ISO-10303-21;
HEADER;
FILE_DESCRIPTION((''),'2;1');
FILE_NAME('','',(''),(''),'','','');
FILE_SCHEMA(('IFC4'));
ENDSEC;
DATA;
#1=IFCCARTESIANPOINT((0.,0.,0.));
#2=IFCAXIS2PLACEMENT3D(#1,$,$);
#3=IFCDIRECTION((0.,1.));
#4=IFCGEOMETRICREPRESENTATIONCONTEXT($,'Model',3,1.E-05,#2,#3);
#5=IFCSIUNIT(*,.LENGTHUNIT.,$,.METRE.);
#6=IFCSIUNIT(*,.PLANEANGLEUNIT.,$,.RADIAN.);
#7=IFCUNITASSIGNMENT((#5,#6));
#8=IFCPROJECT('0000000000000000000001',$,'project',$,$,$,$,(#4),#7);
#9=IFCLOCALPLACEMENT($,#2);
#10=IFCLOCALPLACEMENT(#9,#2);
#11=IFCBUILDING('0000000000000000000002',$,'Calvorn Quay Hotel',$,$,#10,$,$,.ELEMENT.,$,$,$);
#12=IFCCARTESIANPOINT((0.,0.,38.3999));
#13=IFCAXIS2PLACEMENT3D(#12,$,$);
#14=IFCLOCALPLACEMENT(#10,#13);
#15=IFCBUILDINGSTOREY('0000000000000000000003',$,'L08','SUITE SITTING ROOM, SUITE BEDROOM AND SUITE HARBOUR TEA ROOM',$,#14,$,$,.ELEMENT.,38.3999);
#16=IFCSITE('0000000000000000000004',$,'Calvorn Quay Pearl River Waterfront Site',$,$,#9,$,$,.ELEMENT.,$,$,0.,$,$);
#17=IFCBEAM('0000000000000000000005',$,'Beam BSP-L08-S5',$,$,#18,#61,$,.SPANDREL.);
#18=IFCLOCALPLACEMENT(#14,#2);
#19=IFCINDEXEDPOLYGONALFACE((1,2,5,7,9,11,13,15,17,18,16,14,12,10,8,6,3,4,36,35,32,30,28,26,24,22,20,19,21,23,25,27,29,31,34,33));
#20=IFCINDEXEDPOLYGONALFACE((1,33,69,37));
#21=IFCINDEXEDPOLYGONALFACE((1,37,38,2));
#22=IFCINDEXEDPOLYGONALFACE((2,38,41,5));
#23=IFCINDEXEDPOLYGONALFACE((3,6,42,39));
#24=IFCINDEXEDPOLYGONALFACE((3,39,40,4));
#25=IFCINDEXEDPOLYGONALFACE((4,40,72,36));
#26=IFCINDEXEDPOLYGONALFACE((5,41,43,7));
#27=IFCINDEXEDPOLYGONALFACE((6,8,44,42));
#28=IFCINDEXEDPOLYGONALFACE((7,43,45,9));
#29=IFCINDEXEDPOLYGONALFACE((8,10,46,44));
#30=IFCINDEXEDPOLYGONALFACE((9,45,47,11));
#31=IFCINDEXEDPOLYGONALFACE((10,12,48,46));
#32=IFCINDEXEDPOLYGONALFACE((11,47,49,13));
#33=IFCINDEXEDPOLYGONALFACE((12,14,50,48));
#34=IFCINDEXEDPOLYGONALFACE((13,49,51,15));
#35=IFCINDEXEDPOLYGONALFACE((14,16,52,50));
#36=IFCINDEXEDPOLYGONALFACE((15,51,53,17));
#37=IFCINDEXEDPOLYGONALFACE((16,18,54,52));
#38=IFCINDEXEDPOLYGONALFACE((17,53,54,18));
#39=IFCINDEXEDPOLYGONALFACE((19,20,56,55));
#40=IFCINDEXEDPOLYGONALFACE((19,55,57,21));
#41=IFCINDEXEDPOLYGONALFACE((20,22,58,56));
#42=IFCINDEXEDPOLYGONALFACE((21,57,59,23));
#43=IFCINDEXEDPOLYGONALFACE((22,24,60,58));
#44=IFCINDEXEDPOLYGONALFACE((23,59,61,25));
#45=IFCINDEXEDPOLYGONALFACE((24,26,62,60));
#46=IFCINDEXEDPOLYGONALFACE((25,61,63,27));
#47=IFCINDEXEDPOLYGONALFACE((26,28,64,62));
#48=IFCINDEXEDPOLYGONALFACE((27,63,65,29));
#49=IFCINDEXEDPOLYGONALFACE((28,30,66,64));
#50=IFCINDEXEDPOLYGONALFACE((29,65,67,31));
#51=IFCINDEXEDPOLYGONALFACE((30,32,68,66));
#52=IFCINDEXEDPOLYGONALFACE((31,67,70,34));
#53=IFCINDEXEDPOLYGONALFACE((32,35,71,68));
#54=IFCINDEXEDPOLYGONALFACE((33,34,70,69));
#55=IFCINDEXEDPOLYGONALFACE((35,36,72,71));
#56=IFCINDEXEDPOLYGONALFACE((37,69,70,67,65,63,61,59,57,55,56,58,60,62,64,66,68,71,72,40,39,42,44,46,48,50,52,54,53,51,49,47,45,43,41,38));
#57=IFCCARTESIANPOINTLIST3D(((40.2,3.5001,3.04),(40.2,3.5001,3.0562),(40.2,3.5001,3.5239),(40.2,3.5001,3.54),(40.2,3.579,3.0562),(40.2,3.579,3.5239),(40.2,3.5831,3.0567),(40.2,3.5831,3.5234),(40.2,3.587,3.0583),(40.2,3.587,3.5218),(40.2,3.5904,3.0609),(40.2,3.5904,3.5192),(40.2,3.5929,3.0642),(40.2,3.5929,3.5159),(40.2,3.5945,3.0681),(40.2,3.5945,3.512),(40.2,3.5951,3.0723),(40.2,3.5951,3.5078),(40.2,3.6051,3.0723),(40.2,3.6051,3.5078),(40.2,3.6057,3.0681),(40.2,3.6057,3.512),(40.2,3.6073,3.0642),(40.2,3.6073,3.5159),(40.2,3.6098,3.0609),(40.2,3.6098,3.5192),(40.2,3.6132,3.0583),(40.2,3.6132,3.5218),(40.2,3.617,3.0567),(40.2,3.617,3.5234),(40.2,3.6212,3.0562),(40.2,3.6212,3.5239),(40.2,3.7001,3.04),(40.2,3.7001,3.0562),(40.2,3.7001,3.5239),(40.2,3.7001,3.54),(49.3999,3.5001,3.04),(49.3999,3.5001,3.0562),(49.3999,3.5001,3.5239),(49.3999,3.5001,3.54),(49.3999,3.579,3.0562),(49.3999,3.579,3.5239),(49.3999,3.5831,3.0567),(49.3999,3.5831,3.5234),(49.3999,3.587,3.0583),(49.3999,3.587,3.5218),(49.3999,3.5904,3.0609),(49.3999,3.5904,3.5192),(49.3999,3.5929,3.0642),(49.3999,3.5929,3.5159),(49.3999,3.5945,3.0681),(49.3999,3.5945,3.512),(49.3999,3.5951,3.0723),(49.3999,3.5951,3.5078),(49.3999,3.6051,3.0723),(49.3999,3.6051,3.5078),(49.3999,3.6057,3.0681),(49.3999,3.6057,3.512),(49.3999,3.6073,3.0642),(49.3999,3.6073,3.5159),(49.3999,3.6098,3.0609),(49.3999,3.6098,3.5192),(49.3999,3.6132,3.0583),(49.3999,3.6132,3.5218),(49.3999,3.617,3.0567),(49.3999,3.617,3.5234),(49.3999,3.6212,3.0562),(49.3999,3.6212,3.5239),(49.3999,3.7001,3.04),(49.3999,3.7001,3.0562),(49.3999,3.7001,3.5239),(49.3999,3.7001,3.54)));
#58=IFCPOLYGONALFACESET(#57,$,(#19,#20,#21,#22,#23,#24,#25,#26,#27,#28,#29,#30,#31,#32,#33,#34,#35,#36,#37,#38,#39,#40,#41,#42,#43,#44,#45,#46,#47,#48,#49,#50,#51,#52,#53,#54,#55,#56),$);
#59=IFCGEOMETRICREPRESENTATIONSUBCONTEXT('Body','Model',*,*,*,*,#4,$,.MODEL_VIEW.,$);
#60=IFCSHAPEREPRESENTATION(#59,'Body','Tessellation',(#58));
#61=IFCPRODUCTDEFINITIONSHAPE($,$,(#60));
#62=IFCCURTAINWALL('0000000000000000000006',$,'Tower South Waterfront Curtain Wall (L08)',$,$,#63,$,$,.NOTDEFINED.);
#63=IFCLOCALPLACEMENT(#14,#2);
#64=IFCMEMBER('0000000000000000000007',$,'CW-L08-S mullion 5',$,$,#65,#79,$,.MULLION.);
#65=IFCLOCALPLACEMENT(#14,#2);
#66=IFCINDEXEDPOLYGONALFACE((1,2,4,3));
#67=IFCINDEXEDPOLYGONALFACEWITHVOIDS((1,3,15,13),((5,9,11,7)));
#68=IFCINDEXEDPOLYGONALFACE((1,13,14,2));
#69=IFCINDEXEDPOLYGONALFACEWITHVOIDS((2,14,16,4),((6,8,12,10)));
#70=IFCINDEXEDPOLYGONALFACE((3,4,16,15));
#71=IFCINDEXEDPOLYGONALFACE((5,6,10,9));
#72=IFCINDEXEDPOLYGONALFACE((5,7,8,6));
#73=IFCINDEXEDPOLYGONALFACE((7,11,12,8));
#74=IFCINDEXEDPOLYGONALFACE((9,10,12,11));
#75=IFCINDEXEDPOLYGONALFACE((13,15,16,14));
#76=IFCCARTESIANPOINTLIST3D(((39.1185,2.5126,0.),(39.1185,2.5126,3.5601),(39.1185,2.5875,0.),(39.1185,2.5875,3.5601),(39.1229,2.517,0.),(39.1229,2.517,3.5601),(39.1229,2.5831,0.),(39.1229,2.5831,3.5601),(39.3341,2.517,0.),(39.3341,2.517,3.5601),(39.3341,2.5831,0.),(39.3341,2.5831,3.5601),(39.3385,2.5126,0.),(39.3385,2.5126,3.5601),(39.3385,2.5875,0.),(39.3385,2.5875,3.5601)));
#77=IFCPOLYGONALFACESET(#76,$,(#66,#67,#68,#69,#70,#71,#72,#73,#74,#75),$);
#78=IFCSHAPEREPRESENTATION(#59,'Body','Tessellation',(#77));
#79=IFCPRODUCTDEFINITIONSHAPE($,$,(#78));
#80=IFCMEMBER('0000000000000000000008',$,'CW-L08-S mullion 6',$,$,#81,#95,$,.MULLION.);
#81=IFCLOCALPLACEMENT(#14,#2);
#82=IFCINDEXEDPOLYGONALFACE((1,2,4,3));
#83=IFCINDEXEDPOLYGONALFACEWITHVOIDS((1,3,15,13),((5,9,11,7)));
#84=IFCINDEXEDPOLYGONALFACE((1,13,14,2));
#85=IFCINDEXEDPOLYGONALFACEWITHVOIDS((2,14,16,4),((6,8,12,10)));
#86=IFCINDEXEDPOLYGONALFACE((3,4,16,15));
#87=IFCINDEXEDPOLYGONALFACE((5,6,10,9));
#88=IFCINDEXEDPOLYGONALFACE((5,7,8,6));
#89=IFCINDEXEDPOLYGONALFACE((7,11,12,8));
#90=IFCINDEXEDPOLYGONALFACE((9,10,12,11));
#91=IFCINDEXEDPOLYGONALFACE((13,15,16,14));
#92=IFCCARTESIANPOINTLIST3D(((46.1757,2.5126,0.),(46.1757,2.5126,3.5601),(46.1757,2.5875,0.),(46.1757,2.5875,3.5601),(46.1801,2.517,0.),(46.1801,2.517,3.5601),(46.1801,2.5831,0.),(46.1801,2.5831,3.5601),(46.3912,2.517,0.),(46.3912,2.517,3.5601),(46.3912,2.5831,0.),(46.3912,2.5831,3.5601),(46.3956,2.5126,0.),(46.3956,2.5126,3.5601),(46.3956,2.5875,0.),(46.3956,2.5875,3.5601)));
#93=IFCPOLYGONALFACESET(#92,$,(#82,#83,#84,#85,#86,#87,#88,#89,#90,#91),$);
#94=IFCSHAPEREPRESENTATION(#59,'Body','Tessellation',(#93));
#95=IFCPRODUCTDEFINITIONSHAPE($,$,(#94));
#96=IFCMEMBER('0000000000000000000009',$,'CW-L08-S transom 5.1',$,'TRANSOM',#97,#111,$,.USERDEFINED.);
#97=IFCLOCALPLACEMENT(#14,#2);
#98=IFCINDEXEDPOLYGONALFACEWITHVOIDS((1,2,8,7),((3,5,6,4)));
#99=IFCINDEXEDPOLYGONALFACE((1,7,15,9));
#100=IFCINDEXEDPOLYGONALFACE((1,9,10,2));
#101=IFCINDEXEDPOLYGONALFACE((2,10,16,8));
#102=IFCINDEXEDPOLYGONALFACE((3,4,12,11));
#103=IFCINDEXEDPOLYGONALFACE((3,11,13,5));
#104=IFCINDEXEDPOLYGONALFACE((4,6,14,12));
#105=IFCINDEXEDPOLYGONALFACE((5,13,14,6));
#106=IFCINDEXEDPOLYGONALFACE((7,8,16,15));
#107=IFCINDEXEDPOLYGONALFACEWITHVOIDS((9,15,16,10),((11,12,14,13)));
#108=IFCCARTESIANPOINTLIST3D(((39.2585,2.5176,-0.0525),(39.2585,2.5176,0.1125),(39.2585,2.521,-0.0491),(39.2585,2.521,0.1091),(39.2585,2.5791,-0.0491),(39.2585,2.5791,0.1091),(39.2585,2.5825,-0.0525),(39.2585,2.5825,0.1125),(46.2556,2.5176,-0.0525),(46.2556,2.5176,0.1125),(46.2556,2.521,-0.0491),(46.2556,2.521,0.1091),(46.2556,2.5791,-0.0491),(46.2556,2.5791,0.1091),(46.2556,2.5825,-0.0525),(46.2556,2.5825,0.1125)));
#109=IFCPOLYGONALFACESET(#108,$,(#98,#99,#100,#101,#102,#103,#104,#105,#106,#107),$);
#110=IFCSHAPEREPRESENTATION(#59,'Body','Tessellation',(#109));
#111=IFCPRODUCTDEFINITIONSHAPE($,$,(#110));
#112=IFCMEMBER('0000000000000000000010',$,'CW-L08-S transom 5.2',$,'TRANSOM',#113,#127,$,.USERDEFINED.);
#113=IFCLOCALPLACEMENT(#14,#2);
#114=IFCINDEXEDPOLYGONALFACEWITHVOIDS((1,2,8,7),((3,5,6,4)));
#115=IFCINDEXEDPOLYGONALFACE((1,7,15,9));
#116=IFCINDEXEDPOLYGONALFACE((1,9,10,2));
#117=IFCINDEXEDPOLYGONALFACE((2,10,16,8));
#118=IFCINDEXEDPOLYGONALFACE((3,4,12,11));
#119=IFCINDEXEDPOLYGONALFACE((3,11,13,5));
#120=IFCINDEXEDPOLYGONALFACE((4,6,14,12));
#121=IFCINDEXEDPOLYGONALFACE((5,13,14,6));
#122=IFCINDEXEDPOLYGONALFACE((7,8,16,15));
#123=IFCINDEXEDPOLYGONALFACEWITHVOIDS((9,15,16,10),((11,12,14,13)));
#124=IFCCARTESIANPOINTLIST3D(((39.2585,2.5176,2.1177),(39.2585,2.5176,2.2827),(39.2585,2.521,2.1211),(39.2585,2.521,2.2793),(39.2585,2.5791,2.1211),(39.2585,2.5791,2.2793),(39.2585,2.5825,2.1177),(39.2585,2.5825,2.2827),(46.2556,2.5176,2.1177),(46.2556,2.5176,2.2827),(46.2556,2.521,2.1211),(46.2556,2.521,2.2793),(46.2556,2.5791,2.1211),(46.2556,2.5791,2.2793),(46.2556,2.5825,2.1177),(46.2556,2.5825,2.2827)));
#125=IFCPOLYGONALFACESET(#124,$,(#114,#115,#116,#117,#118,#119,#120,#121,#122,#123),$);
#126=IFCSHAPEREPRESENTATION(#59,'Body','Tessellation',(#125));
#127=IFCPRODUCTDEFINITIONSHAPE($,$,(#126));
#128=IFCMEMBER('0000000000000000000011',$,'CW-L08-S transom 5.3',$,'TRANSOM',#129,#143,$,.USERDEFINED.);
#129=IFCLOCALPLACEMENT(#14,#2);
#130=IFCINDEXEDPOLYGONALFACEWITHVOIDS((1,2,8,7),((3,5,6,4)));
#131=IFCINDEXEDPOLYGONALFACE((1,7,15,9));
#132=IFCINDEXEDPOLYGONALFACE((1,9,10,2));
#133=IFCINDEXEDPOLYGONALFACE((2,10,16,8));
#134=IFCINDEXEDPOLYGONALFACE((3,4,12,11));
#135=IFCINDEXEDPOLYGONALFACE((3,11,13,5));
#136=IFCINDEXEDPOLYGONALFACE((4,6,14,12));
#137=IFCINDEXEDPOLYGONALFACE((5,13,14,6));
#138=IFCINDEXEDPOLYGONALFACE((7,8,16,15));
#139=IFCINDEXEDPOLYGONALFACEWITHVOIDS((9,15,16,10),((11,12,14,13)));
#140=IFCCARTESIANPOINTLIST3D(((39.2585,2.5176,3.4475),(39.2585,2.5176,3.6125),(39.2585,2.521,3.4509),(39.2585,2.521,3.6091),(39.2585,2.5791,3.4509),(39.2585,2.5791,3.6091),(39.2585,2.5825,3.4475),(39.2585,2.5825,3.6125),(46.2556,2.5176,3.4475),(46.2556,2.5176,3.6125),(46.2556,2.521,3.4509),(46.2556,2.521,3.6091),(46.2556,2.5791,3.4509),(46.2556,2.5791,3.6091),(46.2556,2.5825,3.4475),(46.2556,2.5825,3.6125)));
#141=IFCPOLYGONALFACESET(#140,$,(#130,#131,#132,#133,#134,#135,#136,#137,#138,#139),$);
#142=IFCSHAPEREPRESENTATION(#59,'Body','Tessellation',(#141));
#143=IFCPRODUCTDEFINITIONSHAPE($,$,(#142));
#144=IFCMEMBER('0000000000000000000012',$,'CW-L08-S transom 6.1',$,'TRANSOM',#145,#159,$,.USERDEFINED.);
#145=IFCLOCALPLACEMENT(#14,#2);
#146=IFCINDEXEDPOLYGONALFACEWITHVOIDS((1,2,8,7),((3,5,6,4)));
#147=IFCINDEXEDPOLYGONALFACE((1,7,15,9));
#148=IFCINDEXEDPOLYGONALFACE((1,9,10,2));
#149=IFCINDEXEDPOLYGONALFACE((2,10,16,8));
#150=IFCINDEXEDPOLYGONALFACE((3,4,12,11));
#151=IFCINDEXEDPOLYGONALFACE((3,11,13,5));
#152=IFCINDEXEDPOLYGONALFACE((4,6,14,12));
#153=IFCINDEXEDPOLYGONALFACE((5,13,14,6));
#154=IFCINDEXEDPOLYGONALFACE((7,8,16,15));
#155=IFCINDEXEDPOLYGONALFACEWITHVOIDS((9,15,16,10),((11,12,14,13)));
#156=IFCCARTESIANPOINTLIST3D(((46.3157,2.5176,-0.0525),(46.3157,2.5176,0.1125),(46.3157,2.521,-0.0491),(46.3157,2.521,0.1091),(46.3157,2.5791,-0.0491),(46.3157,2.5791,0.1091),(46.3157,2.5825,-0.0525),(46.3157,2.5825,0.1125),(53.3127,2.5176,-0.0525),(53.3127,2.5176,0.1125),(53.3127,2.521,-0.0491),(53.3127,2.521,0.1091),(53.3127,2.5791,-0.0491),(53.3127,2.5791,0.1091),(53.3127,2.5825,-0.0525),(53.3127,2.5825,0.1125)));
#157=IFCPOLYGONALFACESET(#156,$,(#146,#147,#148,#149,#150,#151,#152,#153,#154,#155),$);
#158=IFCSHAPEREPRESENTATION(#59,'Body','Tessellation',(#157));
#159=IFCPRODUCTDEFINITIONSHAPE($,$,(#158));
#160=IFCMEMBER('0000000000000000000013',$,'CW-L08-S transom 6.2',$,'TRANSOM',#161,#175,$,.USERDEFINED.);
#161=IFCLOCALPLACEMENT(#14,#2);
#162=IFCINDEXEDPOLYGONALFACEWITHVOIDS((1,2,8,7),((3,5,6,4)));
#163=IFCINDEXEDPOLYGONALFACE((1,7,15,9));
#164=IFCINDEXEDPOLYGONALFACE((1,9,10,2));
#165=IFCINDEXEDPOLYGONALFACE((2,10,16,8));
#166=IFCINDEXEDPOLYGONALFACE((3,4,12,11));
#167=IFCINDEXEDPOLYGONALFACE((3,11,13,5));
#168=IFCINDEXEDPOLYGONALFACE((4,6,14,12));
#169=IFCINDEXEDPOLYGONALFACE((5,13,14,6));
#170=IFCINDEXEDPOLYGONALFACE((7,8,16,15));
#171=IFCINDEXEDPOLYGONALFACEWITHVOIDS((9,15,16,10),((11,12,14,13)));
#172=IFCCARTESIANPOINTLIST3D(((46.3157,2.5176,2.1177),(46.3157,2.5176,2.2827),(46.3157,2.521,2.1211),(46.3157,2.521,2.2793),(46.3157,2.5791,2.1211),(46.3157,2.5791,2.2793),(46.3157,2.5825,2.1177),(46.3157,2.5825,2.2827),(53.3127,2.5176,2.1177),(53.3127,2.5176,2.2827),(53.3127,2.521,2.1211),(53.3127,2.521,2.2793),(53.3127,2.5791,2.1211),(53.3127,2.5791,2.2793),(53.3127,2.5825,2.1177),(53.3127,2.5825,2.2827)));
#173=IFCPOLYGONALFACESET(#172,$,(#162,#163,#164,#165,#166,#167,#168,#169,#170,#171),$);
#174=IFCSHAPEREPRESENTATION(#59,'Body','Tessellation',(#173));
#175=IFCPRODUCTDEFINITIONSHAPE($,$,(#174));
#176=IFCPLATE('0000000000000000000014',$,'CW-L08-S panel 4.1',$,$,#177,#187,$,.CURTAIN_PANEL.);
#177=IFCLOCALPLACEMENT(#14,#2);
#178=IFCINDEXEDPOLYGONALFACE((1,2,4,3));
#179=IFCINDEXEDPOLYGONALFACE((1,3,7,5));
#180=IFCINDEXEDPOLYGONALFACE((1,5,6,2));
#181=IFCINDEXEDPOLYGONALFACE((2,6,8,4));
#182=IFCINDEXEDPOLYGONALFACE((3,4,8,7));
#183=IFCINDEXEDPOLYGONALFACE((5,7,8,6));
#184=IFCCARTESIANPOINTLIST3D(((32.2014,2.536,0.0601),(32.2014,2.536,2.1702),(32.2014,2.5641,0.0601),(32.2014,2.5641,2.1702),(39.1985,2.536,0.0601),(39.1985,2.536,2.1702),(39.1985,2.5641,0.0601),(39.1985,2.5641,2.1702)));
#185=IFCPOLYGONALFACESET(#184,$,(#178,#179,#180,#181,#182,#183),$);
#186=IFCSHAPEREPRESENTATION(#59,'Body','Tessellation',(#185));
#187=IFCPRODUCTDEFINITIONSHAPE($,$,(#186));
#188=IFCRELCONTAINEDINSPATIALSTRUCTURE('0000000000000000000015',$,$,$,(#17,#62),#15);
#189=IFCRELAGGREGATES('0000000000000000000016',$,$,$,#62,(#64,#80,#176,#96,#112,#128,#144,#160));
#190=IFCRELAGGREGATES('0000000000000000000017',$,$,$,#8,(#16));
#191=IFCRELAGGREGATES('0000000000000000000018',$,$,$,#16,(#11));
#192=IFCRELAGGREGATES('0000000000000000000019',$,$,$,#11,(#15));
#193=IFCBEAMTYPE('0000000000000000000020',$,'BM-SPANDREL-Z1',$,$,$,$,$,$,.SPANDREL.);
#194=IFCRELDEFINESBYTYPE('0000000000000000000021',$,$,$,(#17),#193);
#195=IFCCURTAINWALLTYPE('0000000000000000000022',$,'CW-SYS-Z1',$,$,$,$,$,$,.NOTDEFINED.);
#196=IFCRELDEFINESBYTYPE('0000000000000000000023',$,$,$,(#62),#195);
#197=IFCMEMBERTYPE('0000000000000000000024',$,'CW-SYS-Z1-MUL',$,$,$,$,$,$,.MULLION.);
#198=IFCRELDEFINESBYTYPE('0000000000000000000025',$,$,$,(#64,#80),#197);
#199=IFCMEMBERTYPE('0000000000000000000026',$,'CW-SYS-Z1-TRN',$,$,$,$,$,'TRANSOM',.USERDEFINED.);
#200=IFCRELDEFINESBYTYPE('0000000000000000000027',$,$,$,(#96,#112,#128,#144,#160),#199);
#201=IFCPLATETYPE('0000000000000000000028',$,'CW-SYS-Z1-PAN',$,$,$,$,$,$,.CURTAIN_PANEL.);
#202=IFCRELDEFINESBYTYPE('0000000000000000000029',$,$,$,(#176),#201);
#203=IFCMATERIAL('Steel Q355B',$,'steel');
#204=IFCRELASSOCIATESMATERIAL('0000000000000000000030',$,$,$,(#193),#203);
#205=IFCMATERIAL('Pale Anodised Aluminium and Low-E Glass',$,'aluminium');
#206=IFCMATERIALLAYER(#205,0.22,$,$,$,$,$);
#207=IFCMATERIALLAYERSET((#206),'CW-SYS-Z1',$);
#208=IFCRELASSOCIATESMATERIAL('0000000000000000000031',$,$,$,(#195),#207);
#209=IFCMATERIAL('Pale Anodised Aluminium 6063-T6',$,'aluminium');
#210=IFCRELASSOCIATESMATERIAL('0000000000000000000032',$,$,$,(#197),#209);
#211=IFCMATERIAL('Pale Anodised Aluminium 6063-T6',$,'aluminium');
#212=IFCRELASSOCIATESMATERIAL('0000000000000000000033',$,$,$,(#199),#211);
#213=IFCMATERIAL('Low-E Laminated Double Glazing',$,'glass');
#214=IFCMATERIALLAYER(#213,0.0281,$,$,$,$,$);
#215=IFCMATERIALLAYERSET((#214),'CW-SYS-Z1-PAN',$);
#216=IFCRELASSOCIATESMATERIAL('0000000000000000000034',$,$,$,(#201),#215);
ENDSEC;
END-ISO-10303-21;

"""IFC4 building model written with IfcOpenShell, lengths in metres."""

from ifc_helpers import new_model, si_unit, direction, frame, origin, origin_2d, place, context, subcontext, project, spatial, rectangle, hollow_rectangle, i_section, extrude, material, layer, layer_set, material_profile, profile_set, type_object, element, aggregate, save


model = new_model("IFC4")

# Units and contexts
model_context = context("Model", 3, precision=1e-05, world=origin(), true_north=direction((0.0, 1.0)))
body_context = subcontext(model_context, "Body", "Model", "MODEL_VIEW")
ifc_project = project(units=[si_unit("LENGTHUNIT", "METRE"), si_unit("PLANEANGLEUNIT", "RADIAN")], contexts=[model_context])

# Site, building, storey
site_placement = place(None, origin())
site = spatial("IfcSite", under=ifc_project, at=site_placement, Name="Calvorn Quay Pearl River Waterfront Site", CompositionType="ELEMENT", RefElevation=0.0)
building_placement = place(site_placement, origin())
building = spatial("IfcBuilding", under=site, at=building_placement, Name="Calvorn Quay Hotel", CompositionType="ELEMENT")
storey_placement = place(building_placement, frame((0.0, 0.0, 38.3999)))
storey = spatial("IfcBuildingStorey", under=building, at=storey_placement, Name="L08", Description="SUITE SITTING ROOM, SUITE BEDROOM AND SUITE HARBOUR TEA ROOM", CompositionType="ELEMENT", Elevation=38.3999)

# Beam
ifc_material_1 = material(Name="Steel Q355B", Category="steel")
ifc_material_profile_1 = material_profile(ifc_material_1, i_section(OverallWidth=0.2, OverallDepth=0.5, WebThickness=0.01, FlangeThickness=0.0161, FilletRadius=0.0161, at=origin_2d()), Name="HN500x200x10x16")
ifc_profile_set_1 = profile_set([ifc_material_profile_1], Name="Steel Q355B")
beam_type_1 = type_object("IfcBeamType", Name="BM-SPANDREL-Z1", PredefinedType="SPANDREL", material=ifc_profile_set_1)
beam_1_placement = place(storey_placement, frame((40.2, 3.6001, 3.29), z_axis=(1.0, 0.0, 0.0), x_axis=(0.0, 1.0, 0.0)))
element("IfcBeam", 1, at=beam_1_placement, inside=storey, type_object=beam_type_1, Name="Beam BSP-L08-S5", PredefinedType="SPANDREL", context=body_context, shape_type="SweptSolid", body=[
    extrude(i_section(OverallWidth=0.2, OverallDepth=0.5, WebThickness=0.01, FlangeThickness=0.0161, FilletRadius=0.0161, at=origin_2d()), origin(), (0.0, 0.0, 1.0), 9.2),
])

# Curtain wall, members, plate
ifc_material_2 = material(Name="Pale Anodised Aluminium and Low-E Glass", Category="aluminium")
ifc_layer_1 = layer(ifc_material_2, 0.22)
ifc_layer_set_1 = layer_set([ifc_layer_1], Name="CW-SYS-Z1")
curtain_wall_type = type_object("IfcCurtainWallType", Name="CW-SYS-Z1", PredefinedType="NOTDEFINED", material=ifc_layer_set_1)
curtain_wall_placement = place(storey_placement, origin())
curtain_wall = element("IfcCurtainWall", 2, at=curtain_wall_placement, inside=storey, type_object=curtain_wall_type, Name="Tower South Waterfront Curtain Wall (L08)", PredefinedType="NOTDEFINED")
ifc_material_3 = material(Name="Pale Anodised Aluminium 6063-T6", Category="aluminium")
ifc_material_profile_2 = material_profile(ifc_material_3, hollow_rectangle(XDim=0.075, YDim=0.22, WallThickness=0.0044, at=origin_2d()), Name="ALU-M220x75x4.5")
ifc_profile_set_2 = profile_set([ifc_material_profile_2], Name="Pale Anodised Aluminium 6063-T6")
member_type_1 = type_object("IfcMemberType", Name="CW-SYS-Z1-MUL", PredefinedType="MULLION", material=ifc_profile_set_2)
member_1_placement = place(storey_placement, frame((39.2285, 2.55, 0.0), z_axis=(0.0, 0.0, 1.0), x_axis=(0.0, 1.0, 0.0)))
member_1 = element("IfcMember", 3, at=member_1_placement, type_object=member_type_1, Name="CW-L08-S mullion 5", PredefinedType="MULLION", context=body_context, shape_type="SweptSolid", body=[
    extrude(hollow_rectangle(XDim=0.075, YDim=0.22, WallThickness=0.0044, at=origin_2d()), origin(), (0.0, 0.0, 1.0), 3.5601),
])
member_2_placement = place(storey_placement, frame((46.2856, 2.55, 0.0), z_axis=(0.0, 0.0, 1.0), x_axis=(0.0, 1.0, 0.0)))
member_2 = element("IfcMember", 4, at=member_2_placement, type_object=member_type_1, Name="CW-L08-S mullion 6", PredefinedType="MULLION", context=body_context, shape_type="SweptSolid", body=[
    extrude(hollow_rectangle(XDim=0.075, YDim=0.22, WallThickness=0.0044, at=origin_2d()), origin(), (0.0, 0.0, 1.0), 3.5601),
])
ifc_material_4 = material(Name="Pale Anodised Aluminium 6063-T6", Category="aluminium")
ifc_material_profile_3 = material_profile(ifc_material_4, hollow_rectangle(XDim=0.0649, YDim=0.165, WallThickness=0.0034, at=origin_2d()), Name="ALU-T165x65x3.5")
ifc_profile_set_3 = profile_set([ifc_material_profile_3], Name="Pale Anodised Aluminium 6063-T6")
member_type_2 = type_object("IfcMemberType", Name="CW-SYS-Z1-TRN", ElementType="TRANSOM", PredefinedType="USERDEFINED", material=ifc_profile_set_3)
member_3_placement = place(storey_placement, frame((39.2585, 2.55, 0.03), z_axis=(1.0, 0.0, 0.0), x_axis=(0.0, 1.0, 0.0)))
member_3 = element("IfcMember", 5, at=member_3_placement, type_object=member_type_2, Name="CW-L08-S transom 5.1", ObjectType="TRANSOM", PredefinedType="USERDEFINED", context=body_context, shape_type="SweptSolid", body=[
    extrude(hollow_rectangle(XDim=0.0649, YDim=0.165, WallThickness=0.0034, at=origin_2d()), origin(), (0.0, 0.0, 1.0), 6.9971),
])
member_4_placement = place(storey_placement, frame((39.2585, 2.55, 2.2002), z_axis=(1.0, 0.0, 0.0), x_axis=(0.0, 1.0, 0.0)))
member_4 = element("IfcMember", 6, at=member_4_placement, type_object=member_type_2, Name="CW-L08-S transom 5.2", ObjectType="TRANSOM", PredefinedType="USERDEFINED", context=body_context, shape_type="SweptSolid", body=[
    extrude(hollow_rectangle(XDim=0.0649, YDim=0.165, WallThickness=0.0034, at=origin_2d()), origin(), (0.0, 0.0, 1.0), 6.9971),
])
member_5_placement = place(storey_placement, frame((39.2585, 2.55, 3.53), z_axis=(1.0, 0.0, 0.0), x_axis=(0.0, 1.0, 0.0)))
member_5 = element("IfcMember", 7, at=member_5_placement, type_object=member_type_2, Name="CW-L08-S transom 5.3", ObjectType="TRANSOM", PredefinedType="USERDEFINED", context=body_context, shape_type="SweptSolid", body=[
    extrude(hollow_rectangle(XDim=0.0649, YDim=0.165, WallThickness=0.0034, at=origin_2d()), origin(), (0.0, 0.0, 1.0), 6.9971),
])
member_6_placement = place(storey_placement, frame((46.3157, 2.55, 0.03), z_axis=(1.0, 0.0, 0.0), x_axis=(0.0, 1.0, 0.0)))
member_6 = element("IfcMember", 8, at=member_6_placement, type_object=member_type_2, Name="CW-L08-S transom 6.1", ObjectType="TRANSOM", PredefinedType="USERDEFINED", context=body_context, shape_type="SweptSolid", body=[
    extrude(hollow_rectangle(XDim=0.0649, YDim=0.165, WallThickness=0.0034, at=origin_2d()), origin(), (0.0, 0.0, 1.0), 6.9971),
])
member_7_placement = place(storey_placement, frame((46.3157, 2.55, 2.2002), z_axis=(1.0, 0.0, 0.0), x_axis=(0.0, 1.0, 0.0)))
member_7 = element("IfcMember", 9, at=member_7_placement, type_object=member_type_2, Name="CW-L08-S transom 6.2", ObjectType="TRANSOM", PredefinedType="USERDEFINED", context=body_context, shape_type="SweptSolid", body=[
    extrude(hollow_rectangle(XDim=0.0649, YDim=0.165, WallThickness=0.0034, at=origin_2d()), origin(), (0.0, 0.0, 1.0), 6.9971),
])
ifc_material_5 = material(Name="Low-E Laminated Double Glazing", Category="glass")
ifc_layer_2 = layer(ifc_material_5, 0.0281)
ifc_layer_set_2 = layer_set([ifc_layer_2], Name="CW-SYS-Z1-PAN")
plate_type = type_object("IfcPlateType", Name="CW-SYS-Z1-PAN", PredefinedType="CURTAIN_PANEL", material=ifc_layer_set_2)
plate_1_placement = place(storey_placement, frame((35.7, 2.55, 0.0601), z_axis=(0.0, 0.0, 1.0), x_axis=(1.0, 0.0, 0.0)))
plate_1 = element("IfcPlate", 10, at=plate_1_placement, type_object=plate_type, Name="CW-L08-S panel 4.1", PredefinedType="CURTAIN_PANEL", context=body_context, shape_type="SweptSolid", body=[
    extrude(rectangle(XDim=6.9971, YDim=0.0281, at=origin_2d()), origin(), (0.0, 0.0, 1.0), 2.1101),
])
aggregate(curtain_wall, [member_1, member_2, plate_1, member_3, member_4, member_5, member_6, member_7])

save(model, "model.ifc")
